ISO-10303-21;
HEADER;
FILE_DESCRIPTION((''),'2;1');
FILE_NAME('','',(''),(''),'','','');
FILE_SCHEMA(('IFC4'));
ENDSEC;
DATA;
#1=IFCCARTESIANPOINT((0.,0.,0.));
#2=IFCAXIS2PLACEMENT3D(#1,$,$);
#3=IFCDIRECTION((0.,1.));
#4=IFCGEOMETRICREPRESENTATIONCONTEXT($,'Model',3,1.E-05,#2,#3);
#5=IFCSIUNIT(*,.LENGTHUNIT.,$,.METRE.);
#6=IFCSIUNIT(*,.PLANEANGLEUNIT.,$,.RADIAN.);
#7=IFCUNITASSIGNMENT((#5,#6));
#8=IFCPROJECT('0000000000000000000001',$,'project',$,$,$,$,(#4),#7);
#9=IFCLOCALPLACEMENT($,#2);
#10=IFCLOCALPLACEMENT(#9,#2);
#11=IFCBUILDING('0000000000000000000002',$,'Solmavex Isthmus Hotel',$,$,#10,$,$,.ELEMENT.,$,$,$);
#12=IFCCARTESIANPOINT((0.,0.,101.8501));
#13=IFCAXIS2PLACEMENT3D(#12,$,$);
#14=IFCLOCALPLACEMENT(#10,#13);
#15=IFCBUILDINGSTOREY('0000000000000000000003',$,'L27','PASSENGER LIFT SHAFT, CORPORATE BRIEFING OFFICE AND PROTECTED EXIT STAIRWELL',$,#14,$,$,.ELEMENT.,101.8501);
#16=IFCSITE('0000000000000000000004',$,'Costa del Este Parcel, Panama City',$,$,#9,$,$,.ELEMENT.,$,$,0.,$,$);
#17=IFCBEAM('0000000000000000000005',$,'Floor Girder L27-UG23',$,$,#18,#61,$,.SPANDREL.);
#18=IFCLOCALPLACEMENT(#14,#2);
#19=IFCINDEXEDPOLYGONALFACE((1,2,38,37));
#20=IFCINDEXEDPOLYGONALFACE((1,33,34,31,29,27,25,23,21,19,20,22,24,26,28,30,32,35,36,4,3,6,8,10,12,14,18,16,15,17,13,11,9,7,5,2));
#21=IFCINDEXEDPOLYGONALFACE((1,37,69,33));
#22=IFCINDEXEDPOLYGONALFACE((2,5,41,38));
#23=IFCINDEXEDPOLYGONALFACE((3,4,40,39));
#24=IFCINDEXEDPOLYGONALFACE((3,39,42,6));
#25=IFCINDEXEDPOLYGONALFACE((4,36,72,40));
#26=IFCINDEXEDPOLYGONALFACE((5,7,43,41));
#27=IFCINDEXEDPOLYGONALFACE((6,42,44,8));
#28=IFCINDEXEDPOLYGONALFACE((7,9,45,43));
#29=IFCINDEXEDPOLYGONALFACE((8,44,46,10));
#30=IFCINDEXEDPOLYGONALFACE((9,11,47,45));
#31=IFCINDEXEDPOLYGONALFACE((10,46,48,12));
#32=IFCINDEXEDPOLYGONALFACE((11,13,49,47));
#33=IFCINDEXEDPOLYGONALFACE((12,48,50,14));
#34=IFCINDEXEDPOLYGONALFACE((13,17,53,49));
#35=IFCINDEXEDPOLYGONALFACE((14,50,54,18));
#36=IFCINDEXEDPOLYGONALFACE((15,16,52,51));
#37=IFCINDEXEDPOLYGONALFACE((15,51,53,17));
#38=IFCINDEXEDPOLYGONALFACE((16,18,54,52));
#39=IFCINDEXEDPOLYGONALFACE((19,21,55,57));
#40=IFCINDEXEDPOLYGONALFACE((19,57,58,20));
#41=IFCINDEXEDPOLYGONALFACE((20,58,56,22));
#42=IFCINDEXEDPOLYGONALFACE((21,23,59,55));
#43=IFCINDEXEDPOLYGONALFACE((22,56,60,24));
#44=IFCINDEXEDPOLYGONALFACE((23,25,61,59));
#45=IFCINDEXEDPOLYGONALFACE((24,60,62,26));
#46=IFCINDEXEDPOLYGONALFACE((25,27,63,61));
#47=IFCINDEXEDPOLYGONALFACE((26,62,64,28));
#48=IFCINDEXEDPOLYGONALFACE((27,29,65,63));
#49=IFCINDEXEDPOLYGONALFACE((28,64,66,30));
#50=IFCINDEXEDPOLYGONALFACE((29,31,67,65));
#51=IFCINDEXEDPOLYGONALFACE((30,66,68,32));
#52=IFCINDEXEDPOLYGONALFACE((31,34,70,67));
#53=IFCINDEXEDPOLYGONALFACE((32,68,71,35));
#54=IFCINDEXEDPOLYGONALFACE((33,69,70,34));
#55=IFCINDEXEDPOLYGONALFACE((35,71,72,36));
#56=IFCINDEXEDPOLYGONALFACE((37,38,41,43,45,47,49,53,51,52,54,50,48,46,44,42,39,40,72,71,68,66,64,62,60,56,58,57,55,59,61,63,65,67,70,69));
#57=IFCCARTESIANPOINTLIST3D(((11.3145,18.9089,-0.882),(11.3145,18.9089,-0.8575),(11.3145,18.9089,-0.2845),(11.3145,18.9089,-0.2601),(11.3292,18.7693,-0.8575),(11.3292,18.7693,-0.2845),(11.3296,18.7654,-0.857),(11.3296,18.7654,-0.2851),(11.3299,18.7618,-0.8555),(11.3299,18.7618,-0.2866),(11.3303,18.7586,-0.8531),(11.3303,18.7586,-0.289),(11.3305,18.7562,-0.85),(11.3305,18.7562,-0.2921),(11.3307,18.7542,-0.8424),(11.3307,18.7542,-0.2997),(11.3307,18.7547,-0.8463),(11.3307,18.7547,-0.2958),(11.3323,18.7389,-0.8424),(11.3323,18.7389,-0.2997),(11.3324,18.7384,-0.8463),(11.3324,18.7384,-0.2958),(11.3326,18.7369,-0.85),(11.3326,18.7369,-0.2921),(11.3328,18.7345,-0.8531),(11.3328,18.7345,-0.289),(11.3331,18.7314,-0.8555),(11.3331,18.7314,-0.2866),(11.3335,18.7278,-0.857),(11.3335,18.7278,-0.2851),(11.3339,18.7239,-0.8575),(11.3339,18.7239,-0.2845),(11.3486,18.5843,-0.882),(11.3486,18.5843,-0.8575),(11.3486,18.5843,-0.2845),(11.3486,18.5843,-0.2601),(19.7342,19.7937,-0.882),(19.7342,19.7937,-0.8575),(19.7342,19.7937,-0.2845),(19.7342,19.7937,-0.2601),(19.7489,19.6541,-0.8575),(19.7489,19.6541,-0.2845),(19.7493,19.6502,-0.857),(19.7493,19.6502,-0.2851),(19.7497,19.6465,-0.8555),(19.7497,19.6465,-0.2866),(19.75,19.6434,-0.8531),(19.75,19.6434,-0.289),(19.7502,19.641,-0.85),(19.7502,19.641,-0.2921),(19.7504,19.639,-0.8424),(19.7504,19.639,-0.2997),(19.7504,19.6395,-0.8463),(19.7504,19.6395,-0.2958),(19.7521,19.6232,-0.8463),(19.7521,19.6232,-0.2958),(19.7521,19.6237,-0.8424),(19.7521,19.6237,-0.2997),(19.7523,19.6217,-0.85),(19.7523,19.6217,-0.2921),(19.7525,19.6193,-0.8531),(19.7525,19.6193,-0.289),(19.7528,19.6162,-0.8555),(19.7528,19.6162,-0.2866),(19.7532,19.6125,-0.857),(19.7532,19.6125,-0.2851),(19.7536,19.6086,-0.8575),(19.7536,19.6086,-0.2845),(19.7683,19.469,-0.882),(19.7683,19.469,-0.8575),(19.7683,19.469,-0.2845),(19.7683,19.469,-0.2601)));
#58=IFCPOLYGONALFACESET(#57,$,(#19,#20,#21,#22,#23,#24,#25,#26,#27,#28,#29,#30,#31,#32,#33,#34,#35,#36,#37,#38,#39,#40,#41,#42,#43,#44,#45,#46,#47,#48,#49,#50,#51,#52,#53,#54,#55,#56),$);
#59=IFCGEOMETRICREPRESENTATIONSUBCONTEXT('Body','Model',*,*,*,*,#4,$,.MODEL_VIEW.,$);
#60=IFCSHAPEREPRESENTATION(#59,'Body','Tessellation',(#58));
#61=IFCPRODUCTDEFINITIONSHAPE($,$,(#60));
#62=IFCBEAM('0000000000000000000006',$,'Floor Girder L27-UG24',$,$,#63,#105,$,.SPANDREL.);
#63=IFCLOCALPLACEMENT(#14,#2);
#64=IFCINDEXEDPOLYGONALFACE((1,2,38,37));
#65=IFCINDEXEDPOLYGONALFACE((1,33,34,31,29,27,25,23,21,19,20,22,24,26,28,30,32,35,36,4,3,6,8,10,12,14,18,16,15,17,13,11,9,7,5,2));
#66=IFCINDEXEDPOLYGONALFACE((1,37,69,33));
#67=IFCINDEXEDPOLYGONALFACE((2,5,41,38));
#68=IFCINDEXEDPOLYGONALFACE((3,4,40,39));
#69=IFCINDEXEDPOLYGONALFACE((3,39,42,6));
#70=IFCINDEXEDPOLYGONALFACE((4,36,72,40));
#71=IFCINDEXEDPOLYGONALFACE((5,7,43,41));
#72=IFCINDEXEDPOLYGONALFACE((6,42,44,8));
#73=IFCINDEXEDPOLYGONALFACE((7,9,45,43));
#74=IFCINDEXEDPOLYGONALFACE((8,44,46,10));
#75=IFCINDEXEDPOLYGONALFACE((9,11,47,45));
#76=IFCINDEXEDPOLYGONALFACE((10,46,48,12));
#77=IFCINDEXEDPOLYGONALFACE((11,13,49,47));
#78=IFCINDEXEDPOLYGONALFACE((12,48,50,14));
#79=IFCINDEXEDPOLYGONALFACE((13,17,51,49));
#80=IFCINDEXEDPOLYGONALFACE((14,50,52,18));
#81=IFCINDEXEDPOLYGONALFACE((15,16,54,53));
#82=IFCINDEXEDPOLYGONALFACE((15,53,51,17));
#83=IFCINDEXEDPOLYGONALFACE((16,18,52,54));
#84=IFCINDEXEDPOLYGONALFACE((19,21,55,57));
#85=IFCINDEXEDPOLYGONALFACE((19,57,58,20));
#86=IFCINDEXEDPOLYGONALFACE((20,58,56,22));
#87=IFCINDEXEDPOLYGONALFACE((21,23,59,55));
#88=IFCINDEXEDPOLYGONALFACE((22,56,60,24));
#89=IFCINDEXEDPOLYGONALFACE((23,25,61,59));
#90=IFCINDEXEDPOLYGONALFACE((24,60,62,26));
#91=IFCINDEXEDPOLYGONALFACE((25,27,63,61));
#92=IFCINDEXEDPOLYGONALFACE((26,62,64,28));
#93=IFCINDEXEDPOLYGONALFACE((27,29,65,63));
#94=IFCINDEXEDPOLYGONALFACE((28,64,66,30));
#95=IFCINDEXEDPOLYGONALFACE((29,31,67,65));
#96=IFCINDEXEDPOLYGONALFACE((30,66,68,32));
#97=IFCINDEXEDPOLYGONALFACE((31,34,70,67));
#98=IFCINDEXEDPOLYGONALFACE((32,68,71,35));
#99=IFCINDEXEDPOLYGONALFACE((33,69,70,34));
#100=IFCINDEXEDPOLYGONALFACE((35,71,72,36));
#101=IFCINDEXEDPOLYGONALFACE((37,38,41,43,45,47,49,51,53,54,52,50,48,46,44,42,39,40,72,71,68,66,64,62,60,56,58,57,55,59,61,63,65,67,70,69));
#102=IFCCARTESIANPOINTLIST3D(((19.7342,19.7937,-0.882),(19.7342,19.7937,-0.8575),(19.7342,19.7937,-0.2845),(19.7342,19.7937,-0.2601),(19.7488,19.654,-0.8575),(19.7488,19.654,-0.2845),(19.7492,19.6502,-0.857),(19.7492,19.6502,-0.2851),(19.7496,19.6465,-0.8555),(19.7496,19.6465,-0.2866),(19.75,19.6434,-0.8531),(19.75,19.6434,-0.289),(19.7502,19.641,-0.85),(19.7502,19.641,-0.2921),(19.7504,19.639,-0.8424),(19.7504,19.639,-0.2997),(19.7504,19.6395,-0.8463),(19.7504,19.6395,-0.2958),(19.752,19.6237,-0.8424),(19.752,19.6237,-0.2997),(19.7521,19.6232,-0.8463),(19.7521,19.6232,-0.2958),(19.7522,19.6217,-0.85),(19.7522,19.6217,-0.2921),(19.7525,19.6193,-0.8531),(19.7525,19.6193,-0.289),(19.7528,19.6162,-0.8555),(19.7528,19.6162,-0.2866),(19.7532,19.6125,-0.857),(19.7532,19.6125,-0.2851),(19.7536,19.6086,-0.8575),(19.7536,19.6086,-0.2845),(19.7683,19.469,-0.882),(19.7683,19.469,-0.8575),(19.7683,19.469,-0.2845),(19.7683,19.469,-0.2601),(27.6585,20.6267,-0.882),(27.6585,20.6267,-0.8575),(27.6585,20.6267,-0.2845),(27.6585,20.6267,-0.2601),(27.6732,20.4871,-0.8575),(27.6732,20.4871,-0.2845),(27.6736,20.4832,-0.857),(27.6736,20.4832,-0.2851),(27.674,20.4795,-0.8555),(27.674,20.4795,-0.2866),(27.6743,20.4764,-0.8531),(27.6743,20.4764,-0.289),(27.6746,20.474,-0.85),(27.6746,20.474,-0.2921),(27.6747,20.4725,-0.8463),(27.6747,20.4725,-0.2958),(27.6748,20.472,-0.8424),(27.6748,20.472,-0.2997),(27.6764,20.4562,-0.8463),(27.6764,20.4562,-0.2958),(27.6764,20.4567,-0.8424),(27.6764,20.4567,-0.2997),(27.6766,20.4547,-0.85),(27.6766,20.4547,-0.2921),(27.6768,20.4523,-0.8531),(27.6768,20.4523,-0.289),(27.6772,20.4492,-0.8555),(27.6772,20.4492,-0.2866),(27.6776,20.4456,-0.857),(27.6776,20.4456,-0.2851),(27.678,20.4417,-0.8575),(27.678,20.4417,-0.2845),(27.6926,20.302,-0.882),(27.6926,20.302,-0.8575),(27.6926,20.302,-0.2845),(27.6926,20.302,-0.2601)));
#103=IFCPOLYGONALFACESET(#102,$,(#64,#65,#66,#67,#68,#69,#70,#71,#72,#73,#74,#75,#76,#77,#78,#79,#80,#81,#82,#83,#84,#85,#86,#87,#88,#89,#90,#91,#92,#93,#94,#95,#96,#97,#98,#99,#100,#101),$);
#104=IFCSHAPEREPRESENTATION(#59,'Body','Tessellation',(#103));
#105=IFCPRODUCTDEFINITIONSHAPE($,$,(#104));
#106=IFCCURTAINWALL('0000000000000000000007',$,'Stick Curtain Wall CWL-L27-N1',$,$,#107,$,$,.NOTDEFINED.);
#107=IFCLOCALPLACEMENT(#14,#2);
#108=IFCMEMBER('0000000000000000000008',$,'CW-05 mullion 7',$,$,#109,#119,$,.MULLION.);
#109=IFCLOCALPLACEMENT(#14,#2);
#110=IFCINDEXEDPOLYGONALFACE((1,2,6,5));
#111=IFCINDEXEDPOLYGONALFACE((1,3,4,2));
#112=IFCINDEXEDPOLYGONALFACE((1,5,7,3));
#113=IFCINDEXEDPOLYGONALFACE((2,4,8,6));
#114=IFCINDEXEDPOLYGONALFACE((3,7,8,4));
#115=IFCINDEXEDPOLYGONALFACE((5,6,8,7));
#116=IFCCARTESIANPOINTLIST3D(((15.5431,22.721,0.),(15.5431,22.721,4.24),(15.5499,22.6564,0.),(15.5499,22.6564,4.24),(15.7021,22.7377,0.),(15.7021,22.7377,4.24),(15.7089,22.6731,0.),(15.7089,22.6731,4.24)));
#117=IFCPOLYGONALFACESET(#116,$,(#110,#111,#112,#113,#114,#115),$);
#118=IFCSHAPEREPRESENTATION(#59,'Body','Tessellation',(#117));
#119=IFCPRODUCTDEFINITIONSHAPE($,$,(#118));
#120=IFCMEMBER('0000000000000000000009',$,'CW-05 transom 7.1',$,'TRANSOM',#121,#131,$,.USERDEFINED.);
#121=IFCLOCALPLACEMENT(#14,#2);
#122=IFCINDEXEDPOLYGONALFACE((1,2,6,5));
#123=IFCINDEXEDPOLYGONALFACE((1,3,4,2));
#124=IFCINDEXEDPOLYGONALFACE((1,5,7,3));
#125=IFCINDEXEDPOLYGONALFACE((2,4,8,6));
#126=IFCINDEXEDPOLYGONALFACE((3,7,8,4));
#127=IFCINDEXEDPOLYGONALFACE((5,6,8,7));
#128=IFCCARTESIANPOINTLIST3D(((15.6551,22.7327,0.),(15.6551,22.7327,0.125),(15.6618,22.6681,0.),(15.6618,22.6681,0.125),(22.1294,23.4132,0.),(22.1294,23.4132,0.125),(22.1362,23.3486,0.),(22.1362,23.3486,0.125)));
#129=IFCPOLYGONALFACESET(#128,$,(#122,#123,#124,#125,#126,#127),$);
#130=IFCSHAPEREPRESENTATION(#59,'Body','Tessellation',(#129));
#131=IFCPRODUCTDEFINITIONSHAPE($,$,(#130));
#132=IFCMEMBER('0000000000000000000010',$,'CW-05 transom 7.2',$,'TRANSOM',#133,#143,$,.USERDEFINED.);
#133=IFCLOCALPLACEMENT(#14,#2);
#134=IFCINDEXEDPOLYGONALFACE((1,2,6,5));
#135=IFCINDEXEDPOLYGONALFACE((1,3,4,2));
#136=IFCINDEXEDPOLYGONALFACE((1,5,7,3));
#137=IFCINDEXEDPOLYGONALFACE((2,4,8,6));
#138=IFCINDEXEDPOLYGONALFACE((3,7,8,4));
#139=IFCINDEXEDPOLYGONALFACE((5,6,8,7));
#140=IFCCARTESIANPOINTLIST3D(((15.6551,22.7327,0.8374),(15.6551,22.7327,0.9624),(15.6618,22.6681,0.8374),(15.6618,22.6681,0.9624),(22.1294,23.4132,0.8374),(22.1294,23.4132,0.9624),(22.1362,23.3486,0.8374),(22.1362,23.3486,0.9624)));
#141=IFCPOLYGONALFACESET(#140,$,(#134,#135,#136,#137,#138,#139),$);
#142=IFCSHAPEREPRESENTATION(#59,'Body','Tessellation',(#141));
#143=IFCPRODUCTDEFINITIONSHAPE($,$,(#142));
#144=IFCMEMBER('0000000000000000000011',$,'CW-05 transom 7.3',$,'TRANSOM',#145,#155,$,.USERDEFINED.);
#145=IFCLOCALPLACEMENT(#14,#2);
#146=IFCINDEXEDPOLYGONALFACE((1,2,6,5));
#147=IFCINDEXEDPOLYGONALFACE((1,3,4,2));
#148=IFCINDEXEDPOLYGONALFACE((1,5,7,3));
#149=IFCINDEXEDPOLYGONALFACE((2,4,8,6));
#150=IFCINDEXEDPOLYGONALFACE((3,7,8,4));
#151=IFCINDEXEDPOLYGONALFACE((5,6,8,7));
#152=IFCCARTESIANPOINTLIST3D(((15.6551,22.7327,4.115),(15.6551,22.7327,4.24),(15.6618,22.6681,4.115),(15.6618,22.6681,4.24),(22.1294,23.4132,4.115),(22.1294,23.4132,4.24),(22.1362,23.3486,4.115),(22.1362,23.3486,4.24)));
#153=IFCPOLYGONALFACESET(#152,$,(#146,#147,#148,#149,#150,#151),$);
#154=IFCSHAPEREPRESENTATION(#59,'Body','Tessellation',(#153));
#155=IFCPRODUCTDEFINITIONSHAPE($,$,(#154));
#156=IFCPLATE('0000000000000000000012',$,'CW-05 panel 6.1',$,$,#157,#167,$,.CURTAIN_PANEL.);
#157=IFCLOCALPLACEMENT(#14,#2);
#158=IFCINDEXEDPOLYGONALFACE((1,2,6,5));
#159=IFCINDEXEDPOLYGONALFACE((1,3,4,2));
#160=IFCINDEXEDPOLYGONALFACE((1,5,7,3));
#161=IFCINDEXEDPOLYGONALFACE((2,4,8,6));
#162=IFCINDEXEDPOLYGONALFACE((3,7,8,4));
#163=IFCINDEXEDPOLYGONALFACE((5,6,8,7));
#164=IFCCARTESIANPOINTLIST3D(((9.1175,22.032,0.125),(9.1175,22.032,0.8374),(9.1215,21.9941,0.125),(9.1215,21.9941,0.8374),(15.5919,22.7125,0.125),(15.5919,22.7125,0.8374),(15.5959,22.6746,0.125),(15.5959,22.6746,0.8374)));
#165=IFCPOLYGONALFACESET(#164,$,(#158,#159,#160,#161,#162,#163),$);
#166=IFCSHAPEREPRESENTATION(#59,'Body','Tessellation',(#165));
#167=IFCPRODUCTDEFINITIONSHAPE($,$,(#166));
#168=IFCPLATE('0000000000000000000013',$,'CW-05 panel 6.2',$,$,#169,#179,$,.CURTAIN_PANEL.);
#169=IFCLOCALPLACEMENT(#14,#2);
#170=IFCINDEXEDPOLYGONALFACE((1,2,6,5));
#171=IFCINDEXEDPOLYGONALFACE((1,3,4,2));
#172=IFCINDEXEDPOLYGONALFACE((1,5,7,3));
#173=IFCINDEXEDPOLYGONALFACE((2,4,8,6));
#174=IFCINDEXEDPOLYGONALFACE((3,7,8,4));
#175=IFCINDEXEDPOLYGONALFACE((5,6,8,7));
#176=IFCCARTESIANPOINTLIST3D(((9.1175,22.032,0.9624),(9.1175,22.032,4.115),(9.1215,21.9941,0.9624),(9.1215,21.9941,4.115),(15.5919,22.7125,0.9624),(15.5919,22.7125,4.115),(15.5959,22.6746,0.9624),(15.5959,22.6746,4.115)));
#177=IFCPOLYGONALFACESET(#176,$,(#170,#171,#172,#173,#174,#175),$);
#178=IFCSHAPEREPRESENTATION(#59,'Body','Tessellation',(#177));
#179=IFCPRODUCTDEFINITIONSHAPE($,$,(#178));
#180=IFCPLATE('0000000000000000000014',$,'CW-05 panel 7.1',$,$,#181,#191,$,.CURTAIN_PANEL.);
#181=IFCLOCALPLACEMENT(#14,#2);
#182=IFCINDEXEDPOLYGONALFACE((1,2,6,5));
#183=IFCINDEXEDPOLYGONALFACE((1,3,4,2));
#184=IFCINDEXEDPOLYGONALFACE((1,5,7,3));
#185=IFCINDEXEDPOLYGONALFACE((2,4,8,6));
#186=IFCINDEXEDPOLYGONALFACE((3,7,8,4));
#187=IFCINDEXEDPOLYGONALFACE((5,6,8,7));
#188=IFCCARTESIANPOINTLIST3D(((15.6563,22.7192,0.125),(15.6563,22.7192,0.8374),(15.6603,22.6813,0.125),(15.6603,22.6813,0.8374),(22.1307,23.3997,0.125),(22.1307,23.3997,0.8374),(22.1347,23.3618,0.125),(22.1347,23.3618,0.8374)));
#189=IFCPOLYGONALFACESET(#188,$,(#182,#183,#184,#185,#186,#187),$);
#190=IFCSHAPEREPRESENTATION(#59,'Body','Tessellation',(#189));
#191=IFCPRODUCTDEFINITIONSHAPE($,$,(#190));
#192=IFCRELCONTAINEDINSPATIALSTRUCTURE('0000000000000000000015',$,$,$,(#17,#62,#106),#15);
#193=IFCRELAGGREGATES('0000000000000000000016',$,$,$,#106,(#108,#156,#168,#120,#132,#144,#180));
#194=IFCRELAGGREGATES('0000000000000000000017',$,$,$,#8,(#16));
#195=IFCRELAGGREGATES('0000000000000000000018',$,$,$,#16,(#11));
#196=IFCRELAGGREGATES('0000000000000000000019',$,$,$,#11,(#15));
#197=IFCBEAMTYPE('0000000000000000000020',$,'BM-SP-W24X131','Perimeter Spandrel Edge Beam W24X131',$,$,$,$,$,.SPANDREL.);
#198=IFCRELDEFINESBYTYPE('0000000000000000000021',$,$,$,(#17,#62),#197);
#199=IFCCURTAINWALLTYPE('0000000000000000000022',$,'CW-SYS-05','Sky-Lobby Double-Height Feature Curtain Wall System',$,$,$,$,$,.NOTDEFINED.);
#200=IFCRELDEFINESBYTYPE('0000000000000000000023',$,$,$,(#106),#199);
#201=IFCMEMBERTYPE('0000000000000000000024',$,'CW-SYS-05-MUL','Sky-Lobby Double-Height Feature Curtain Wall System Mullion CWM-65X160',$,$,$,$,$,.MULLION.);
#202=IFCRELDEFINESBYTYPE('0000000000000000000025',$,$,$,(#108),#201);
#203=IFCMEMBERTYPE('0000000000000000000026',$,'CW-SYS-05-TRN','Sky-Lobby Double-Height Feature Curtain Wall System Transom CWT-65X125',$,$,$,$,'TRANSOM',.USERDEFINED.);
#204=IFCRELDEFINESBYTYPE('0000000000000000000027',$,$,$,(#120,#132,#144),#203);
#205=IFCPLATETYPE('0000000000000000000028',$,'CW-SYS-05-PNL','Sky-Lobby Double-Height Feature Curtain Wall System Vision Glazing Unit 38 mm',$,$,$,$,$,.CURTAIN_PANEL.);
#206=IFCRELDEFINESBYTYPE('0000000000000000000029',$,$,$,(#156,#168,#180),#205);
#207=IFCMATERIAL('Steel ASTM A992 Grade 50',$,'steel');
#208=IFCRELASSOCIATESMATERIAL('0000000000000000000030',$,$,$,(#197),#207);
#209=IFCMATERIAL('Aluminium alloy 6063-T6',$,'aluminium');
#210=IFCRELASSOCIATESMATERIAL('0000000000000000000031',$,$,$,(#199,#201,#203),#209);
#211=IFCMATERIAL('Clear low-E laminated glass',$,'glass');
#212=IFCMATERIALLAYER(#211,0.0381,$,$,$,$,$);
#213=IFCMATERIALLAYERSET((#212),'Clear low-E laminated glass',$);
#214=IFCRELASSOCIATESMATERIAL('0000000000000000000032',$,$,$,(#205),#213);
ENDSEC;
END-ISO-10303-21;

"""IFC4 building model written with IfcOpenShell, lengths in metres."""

from ifc_helpers import new_model, si_unit, direction, frame, origin, origin_2d, place, context, subcontext, project, spatial, rectangle, i_section, extrude, material, layer, layer_set, material_profile, profile_set, type_object, element, aggregate, save


model = new_model("IFC4")

# Units and contexts
model_context = context("Model", 3, precision=1e-05, world=origin(), true_north=direction((0.0, 1.0)))
body_context = subcontext(model_context, "Body", "Model", "MODEL_VIEW")
ifc_project = project(units=[si_unit("LENGTHUNIT", "METRE"), si_unit("PLANEANGLEUNIT", "RADIAN")], contexts=[model_context])

# Site, building, storey
site_placement = place(None, origin())
site = spatial("IfcSite", under=ifc_project, at=site_placement, Name="Costa del Este Parcel, Panama City", CompositionType="ELEMENT", RefElevation=0.0)
building_placement = place(site_placement, origin())
building = spatial("IfcBuilding", under=site, at=building_placement, Name="Solmavex Isthmus Hotel", CompositionType="ELEMENT")
storey_placement = place(building_placement, frame((0.0, 0.0, 101.8501)))
storey = spatial("IfcBuildingStorey", under=building, at=storey_placement, Name="L27", Description="PASSENGER LIFT SHAFT, CORPORATE BRIEFING OFFICE AND PROTECTED EXIT STAIRWELL", CompositionType="ELEMENT", Elevation=101.8501)

# Beams
ifc_material_1 = material(Name="Steel ASTM A992 Grade 50", Category="steel")
ifc_material_profile_1 = material_profile(ifc_material_1, i_section(OverallWidth=0.3264, OverallDepth=0.6218, WebThickness=0.0154, FlangeThickness=0.0244, FilletRadius=0.0151, at=origin_2d()), Name="W24X131")
ifc_profile_set_1 = profile_set([ifc_material_profile_1], Name="Steel ASTM A992 Grade 50")
beam_type_1 = type_object("IfcBeamType", Name="BM-SP-W24X131", Description="Perimeter Spandrel Edge Beam W24X131", PredefinedType="SPANDREL", material=ifc_profile_set_1)
beam_1_placement = place(storey_placement, frame((11.3315, 18.7466, -0.571), z_axis=(0.994524, 0.104508, 0.0), x_axis=(-0.104508, 0.994524, 0.0)))
element("IfcBeam", 1, at=beam_1_placement, inside=storey, type_object=beam_type_1, Name="Floor Girder L27-UG23", PredefinedType="SPANDREL", context=body_context, shape_type="SweptSolid", body=[
    extrude(i_section(OverallWidth=0.3264, OverallDepth=0.6218, WebThickness=0.0154, FlangeThickness=0.0244, FilletRadius=0.0151, at=origin_2d()), origin(), (0.0, 0.0, 1.0), 8.4661),
])
beam_2_placement = place(storey_placement, frame((19.7512, 19.6313, -0.571), z_axis=(0.99452, 0.104544, 0.0), x_axis=(-0.104544, 0.99452, 0.0)))
element("IfcBeam", 2, at=beam_2_placement, inside=storey, type_object=beam_type_1, Name="Floor Girder L27-UG24", PredefinedType="SPANDREL", context=body_context, shape_type="SweptSolid", body=[
    extrude(i_section(OverallWidth=0.3264, OverallDepth=0.6218, WebThickness=0.0154, FlangeThickness=0.0244, FilletRadius=0.0151, at=origin_2d()), origin(), (0.0, 0.0, 1.0), 7.968),
])

# Curtain wall, members, plates
ifc_material_2 = material(Name="Aluminium alloy 6063-T6", Category="aluminium")
curtain_wall_type = type_object("IfcCurtainWallType", Name="CW-SYS-05", Description="Sky-Lobby Double-Height Feature Curtain Wall System", PredefinedType="NOTDEFINED", material=ifc_material_2)
curtain_wall_placement = place(storey_placement, origin())
curtain_wall = element("IfcCurtainWall", 3, at=curtain_wall_placement, inside=storey, type_object=curtain_wall_type, Name="Stick Curtain Wall CWL-L27-N1", PredefinedType="NOTDEFINED")
ifc_material_profile_2 = material_profile(ifc_material_2, rectangle(XDim=0.0649, YDim=0.1599, at=origin_2d()), Name="CWM-65X160")
ifc_profile_set_2 = profile_set([ifc_material_profile_2], Name="Aluminium alloy 6063-T6")
member_type_1 = type_object("IfcMemberType", Name="CW-SYS-05-MUL", Description="Sky-Lobby Double-Height Feature Curtain Wall System Mullion CWM-65X160", PredefinedType="MULLION", material=ifc_profile_set_2)
member_1_placement = place(storey_placement, frame((15.626, 22.697, 0.0), z_axis=(0.0, 0.0, 1.0), x_axis=(-0.104528, 0.994522, 0.0)))
member_1 = element("IfcMember", 4, at=member_1_placement, type_object=member_type_1, Name="CW-05 mullion 7", PredefinedType="MULLION", context=body_context, shape_type="SweptSolid", body=[
    extrude(rectangle(XDim=0.0649, YDim=0.1599, at=origin_2d()), origin(), (0.0, 0.0, 1.0), 4.24),
])
ifc_material_profile_3 = material_profile(ifc_material_2, rectangle(XDim=0.0649, YDim=0.125, at=origin_2d()), Name="CWT-65X125")
ifc_profile_set_3 = profile_set([ifc_material_profile_3], Name="Aluminium alloy 6063-T6")
member_type_2 = type_object("IfcMemberType", Name="CW-SYS-05-TRN", Description="Sky-Lobby Double-Height Feature Curtain Wall System Transom CWT-65X125", ElementType="TRANSOM", PredefinedType="USERDEFINED", material=ifc_profile_set_3)
member_2_placement = place(storey_placement, frame((15.6584, 22.7004, 0.0625), z_axis=(0.994523, 0.104519, 0.0), x_axis=(-0.104519, 0.994523, 0.0)))
member_2 = element("IfcMember", 5, at=member_2_placement, type_object=member_type_2, Name="CW-05 transom 7.1", ObjectType="TRANSOM", PredefinedType="USERDEFINED", context=body_context, shape_type="SweptSolid", body=[
    extrude(rectangle(XDim=0.0649, YDim=0.125, at=origin_2d()), origin(), (0.0, 0.0, 1.0), 6.51),
])
member_3_placement = place(storey_placement, frame((15.6584, 22.7004, 0.8999), z_axis=(0.994523, 0.104519, 0.0), x_axis=(-0.104519, 0.994523, 0.0)))
member_3 = element("IfcMember", 6, at=member_3_placement, type_object=member_type_2, Name="CW-05 transom 7.2", ObjectType="TRANSOM", PredefinedType="USERDEFINED", context=body_context, shape_type="SweptSolid", body=[
    extrude(rectangle(XDim=0.0649, YDim=0.125, at=origin_2d()), origin(), (0.0, 0.0, 1.0), 6.51),
])
member_4_placement = place(storey_placement, frame((15.6584, 22.7004, 4.1775), z_axis=(0.994523, 0.104519, 0.0), x_axis=(-0.104519, 0.994523, 0.0)))
member_4 = element("IfcMember", 7, at=member_4_placement, type_object=member_type_2, Name="CW-05 transom 7.3", ObjectType="TRANSOM", PredefinedType="USERDEFINED", context=body_context, shape_type="SweptSolid", body=[
    extrude(rectangle(XDim=0.0649, YDim=0.125, at=origin_2d()), origin(), (0.0, 0.0, 1.0), 6.51),
])
ifc_material_3 = material(Name="Clear low-E laminated glass", Category="glass")
ifc_layer_1 = layer(ifc_material_3, 0.0381)
ifc_layer_set_1 = layer_set([ifc_layer_1], Name="Clear low-E laminated glass")
plate_type = type_object("IfcPlateType", Name="CW-SYS-05-PNL", Description="Sky-Lobby Double-Height Feature Curtain Wall System Vision Glazing Unit 38 mm", PredefinedType="CURTAIN_PANEL", material=ifc_layer_set_1)
plate_1_placement = place(storey_placement, frame((12.3567, 22.3533, 0.125), z_axis=(0.0, 0.0, 1.0), x_axis=(0.994522, 0.104528, 0.0)))
plate_1 = element("IfcPlate", 8, at=plate_1_placement, type_object=plate_type, Name="CW-05 panel 6.1", PredefinedType="CURTAIN_PANEL", context=body_context, shape_type="SweptSolid", body=[
    extrude(rectangle(XDim=6.51, YDim=0.0381, at=origin_2d()), origin(), (0.0, 0.0, 1.0), 0.7124),
])
plate_2_placement = place(storey_placement, frame((12.3567, 22.3533, 0.9624), z_axis=(0.0, 0.0, 1.0), x_axis=(0.994522, 0.104528, 0.0)))
plate_2 = element("IfcPlate", 9, at=plate_2_placement, type_object=plate_type, Name="CW-05 panel 6.2", PredefinedType="CURTAIN_PANEL", context=body_context, shape_type="SweptSolid", body=[
    extrude(rectangle(XDim=6.51, YDim=0.0381, at=origin_2d()), origin(), (0.0, 0.0, 1.0), 3.1526),
])
plate_3_placement = place(storey_placement, frame((18.8955, 23.0405, 0.125), z_axis=(0.0, 0.0, 1.0), x_axis=(0.994522, 0.104528, 0.0)))
plate_3 = element("IfcPlate", 10, at=plate_3_placement, type_object=plate_type, Name="CW-05 panel 7.1", PredefinedType="CURTAIN_PANEL", context=body_context, shape_type="SweptSolid", body=[
    extrude(rectangle(XDim=6.51, YDim=0.0381, at=origin_2d()), origin(), (0.0, 0.0, 1.0), 0.7124),
])
aggregate(curtain_wall, [member_1, plate_1, plate_2, member_2, member_3, member_4, plate_3])

save(model, "model.ifc")
